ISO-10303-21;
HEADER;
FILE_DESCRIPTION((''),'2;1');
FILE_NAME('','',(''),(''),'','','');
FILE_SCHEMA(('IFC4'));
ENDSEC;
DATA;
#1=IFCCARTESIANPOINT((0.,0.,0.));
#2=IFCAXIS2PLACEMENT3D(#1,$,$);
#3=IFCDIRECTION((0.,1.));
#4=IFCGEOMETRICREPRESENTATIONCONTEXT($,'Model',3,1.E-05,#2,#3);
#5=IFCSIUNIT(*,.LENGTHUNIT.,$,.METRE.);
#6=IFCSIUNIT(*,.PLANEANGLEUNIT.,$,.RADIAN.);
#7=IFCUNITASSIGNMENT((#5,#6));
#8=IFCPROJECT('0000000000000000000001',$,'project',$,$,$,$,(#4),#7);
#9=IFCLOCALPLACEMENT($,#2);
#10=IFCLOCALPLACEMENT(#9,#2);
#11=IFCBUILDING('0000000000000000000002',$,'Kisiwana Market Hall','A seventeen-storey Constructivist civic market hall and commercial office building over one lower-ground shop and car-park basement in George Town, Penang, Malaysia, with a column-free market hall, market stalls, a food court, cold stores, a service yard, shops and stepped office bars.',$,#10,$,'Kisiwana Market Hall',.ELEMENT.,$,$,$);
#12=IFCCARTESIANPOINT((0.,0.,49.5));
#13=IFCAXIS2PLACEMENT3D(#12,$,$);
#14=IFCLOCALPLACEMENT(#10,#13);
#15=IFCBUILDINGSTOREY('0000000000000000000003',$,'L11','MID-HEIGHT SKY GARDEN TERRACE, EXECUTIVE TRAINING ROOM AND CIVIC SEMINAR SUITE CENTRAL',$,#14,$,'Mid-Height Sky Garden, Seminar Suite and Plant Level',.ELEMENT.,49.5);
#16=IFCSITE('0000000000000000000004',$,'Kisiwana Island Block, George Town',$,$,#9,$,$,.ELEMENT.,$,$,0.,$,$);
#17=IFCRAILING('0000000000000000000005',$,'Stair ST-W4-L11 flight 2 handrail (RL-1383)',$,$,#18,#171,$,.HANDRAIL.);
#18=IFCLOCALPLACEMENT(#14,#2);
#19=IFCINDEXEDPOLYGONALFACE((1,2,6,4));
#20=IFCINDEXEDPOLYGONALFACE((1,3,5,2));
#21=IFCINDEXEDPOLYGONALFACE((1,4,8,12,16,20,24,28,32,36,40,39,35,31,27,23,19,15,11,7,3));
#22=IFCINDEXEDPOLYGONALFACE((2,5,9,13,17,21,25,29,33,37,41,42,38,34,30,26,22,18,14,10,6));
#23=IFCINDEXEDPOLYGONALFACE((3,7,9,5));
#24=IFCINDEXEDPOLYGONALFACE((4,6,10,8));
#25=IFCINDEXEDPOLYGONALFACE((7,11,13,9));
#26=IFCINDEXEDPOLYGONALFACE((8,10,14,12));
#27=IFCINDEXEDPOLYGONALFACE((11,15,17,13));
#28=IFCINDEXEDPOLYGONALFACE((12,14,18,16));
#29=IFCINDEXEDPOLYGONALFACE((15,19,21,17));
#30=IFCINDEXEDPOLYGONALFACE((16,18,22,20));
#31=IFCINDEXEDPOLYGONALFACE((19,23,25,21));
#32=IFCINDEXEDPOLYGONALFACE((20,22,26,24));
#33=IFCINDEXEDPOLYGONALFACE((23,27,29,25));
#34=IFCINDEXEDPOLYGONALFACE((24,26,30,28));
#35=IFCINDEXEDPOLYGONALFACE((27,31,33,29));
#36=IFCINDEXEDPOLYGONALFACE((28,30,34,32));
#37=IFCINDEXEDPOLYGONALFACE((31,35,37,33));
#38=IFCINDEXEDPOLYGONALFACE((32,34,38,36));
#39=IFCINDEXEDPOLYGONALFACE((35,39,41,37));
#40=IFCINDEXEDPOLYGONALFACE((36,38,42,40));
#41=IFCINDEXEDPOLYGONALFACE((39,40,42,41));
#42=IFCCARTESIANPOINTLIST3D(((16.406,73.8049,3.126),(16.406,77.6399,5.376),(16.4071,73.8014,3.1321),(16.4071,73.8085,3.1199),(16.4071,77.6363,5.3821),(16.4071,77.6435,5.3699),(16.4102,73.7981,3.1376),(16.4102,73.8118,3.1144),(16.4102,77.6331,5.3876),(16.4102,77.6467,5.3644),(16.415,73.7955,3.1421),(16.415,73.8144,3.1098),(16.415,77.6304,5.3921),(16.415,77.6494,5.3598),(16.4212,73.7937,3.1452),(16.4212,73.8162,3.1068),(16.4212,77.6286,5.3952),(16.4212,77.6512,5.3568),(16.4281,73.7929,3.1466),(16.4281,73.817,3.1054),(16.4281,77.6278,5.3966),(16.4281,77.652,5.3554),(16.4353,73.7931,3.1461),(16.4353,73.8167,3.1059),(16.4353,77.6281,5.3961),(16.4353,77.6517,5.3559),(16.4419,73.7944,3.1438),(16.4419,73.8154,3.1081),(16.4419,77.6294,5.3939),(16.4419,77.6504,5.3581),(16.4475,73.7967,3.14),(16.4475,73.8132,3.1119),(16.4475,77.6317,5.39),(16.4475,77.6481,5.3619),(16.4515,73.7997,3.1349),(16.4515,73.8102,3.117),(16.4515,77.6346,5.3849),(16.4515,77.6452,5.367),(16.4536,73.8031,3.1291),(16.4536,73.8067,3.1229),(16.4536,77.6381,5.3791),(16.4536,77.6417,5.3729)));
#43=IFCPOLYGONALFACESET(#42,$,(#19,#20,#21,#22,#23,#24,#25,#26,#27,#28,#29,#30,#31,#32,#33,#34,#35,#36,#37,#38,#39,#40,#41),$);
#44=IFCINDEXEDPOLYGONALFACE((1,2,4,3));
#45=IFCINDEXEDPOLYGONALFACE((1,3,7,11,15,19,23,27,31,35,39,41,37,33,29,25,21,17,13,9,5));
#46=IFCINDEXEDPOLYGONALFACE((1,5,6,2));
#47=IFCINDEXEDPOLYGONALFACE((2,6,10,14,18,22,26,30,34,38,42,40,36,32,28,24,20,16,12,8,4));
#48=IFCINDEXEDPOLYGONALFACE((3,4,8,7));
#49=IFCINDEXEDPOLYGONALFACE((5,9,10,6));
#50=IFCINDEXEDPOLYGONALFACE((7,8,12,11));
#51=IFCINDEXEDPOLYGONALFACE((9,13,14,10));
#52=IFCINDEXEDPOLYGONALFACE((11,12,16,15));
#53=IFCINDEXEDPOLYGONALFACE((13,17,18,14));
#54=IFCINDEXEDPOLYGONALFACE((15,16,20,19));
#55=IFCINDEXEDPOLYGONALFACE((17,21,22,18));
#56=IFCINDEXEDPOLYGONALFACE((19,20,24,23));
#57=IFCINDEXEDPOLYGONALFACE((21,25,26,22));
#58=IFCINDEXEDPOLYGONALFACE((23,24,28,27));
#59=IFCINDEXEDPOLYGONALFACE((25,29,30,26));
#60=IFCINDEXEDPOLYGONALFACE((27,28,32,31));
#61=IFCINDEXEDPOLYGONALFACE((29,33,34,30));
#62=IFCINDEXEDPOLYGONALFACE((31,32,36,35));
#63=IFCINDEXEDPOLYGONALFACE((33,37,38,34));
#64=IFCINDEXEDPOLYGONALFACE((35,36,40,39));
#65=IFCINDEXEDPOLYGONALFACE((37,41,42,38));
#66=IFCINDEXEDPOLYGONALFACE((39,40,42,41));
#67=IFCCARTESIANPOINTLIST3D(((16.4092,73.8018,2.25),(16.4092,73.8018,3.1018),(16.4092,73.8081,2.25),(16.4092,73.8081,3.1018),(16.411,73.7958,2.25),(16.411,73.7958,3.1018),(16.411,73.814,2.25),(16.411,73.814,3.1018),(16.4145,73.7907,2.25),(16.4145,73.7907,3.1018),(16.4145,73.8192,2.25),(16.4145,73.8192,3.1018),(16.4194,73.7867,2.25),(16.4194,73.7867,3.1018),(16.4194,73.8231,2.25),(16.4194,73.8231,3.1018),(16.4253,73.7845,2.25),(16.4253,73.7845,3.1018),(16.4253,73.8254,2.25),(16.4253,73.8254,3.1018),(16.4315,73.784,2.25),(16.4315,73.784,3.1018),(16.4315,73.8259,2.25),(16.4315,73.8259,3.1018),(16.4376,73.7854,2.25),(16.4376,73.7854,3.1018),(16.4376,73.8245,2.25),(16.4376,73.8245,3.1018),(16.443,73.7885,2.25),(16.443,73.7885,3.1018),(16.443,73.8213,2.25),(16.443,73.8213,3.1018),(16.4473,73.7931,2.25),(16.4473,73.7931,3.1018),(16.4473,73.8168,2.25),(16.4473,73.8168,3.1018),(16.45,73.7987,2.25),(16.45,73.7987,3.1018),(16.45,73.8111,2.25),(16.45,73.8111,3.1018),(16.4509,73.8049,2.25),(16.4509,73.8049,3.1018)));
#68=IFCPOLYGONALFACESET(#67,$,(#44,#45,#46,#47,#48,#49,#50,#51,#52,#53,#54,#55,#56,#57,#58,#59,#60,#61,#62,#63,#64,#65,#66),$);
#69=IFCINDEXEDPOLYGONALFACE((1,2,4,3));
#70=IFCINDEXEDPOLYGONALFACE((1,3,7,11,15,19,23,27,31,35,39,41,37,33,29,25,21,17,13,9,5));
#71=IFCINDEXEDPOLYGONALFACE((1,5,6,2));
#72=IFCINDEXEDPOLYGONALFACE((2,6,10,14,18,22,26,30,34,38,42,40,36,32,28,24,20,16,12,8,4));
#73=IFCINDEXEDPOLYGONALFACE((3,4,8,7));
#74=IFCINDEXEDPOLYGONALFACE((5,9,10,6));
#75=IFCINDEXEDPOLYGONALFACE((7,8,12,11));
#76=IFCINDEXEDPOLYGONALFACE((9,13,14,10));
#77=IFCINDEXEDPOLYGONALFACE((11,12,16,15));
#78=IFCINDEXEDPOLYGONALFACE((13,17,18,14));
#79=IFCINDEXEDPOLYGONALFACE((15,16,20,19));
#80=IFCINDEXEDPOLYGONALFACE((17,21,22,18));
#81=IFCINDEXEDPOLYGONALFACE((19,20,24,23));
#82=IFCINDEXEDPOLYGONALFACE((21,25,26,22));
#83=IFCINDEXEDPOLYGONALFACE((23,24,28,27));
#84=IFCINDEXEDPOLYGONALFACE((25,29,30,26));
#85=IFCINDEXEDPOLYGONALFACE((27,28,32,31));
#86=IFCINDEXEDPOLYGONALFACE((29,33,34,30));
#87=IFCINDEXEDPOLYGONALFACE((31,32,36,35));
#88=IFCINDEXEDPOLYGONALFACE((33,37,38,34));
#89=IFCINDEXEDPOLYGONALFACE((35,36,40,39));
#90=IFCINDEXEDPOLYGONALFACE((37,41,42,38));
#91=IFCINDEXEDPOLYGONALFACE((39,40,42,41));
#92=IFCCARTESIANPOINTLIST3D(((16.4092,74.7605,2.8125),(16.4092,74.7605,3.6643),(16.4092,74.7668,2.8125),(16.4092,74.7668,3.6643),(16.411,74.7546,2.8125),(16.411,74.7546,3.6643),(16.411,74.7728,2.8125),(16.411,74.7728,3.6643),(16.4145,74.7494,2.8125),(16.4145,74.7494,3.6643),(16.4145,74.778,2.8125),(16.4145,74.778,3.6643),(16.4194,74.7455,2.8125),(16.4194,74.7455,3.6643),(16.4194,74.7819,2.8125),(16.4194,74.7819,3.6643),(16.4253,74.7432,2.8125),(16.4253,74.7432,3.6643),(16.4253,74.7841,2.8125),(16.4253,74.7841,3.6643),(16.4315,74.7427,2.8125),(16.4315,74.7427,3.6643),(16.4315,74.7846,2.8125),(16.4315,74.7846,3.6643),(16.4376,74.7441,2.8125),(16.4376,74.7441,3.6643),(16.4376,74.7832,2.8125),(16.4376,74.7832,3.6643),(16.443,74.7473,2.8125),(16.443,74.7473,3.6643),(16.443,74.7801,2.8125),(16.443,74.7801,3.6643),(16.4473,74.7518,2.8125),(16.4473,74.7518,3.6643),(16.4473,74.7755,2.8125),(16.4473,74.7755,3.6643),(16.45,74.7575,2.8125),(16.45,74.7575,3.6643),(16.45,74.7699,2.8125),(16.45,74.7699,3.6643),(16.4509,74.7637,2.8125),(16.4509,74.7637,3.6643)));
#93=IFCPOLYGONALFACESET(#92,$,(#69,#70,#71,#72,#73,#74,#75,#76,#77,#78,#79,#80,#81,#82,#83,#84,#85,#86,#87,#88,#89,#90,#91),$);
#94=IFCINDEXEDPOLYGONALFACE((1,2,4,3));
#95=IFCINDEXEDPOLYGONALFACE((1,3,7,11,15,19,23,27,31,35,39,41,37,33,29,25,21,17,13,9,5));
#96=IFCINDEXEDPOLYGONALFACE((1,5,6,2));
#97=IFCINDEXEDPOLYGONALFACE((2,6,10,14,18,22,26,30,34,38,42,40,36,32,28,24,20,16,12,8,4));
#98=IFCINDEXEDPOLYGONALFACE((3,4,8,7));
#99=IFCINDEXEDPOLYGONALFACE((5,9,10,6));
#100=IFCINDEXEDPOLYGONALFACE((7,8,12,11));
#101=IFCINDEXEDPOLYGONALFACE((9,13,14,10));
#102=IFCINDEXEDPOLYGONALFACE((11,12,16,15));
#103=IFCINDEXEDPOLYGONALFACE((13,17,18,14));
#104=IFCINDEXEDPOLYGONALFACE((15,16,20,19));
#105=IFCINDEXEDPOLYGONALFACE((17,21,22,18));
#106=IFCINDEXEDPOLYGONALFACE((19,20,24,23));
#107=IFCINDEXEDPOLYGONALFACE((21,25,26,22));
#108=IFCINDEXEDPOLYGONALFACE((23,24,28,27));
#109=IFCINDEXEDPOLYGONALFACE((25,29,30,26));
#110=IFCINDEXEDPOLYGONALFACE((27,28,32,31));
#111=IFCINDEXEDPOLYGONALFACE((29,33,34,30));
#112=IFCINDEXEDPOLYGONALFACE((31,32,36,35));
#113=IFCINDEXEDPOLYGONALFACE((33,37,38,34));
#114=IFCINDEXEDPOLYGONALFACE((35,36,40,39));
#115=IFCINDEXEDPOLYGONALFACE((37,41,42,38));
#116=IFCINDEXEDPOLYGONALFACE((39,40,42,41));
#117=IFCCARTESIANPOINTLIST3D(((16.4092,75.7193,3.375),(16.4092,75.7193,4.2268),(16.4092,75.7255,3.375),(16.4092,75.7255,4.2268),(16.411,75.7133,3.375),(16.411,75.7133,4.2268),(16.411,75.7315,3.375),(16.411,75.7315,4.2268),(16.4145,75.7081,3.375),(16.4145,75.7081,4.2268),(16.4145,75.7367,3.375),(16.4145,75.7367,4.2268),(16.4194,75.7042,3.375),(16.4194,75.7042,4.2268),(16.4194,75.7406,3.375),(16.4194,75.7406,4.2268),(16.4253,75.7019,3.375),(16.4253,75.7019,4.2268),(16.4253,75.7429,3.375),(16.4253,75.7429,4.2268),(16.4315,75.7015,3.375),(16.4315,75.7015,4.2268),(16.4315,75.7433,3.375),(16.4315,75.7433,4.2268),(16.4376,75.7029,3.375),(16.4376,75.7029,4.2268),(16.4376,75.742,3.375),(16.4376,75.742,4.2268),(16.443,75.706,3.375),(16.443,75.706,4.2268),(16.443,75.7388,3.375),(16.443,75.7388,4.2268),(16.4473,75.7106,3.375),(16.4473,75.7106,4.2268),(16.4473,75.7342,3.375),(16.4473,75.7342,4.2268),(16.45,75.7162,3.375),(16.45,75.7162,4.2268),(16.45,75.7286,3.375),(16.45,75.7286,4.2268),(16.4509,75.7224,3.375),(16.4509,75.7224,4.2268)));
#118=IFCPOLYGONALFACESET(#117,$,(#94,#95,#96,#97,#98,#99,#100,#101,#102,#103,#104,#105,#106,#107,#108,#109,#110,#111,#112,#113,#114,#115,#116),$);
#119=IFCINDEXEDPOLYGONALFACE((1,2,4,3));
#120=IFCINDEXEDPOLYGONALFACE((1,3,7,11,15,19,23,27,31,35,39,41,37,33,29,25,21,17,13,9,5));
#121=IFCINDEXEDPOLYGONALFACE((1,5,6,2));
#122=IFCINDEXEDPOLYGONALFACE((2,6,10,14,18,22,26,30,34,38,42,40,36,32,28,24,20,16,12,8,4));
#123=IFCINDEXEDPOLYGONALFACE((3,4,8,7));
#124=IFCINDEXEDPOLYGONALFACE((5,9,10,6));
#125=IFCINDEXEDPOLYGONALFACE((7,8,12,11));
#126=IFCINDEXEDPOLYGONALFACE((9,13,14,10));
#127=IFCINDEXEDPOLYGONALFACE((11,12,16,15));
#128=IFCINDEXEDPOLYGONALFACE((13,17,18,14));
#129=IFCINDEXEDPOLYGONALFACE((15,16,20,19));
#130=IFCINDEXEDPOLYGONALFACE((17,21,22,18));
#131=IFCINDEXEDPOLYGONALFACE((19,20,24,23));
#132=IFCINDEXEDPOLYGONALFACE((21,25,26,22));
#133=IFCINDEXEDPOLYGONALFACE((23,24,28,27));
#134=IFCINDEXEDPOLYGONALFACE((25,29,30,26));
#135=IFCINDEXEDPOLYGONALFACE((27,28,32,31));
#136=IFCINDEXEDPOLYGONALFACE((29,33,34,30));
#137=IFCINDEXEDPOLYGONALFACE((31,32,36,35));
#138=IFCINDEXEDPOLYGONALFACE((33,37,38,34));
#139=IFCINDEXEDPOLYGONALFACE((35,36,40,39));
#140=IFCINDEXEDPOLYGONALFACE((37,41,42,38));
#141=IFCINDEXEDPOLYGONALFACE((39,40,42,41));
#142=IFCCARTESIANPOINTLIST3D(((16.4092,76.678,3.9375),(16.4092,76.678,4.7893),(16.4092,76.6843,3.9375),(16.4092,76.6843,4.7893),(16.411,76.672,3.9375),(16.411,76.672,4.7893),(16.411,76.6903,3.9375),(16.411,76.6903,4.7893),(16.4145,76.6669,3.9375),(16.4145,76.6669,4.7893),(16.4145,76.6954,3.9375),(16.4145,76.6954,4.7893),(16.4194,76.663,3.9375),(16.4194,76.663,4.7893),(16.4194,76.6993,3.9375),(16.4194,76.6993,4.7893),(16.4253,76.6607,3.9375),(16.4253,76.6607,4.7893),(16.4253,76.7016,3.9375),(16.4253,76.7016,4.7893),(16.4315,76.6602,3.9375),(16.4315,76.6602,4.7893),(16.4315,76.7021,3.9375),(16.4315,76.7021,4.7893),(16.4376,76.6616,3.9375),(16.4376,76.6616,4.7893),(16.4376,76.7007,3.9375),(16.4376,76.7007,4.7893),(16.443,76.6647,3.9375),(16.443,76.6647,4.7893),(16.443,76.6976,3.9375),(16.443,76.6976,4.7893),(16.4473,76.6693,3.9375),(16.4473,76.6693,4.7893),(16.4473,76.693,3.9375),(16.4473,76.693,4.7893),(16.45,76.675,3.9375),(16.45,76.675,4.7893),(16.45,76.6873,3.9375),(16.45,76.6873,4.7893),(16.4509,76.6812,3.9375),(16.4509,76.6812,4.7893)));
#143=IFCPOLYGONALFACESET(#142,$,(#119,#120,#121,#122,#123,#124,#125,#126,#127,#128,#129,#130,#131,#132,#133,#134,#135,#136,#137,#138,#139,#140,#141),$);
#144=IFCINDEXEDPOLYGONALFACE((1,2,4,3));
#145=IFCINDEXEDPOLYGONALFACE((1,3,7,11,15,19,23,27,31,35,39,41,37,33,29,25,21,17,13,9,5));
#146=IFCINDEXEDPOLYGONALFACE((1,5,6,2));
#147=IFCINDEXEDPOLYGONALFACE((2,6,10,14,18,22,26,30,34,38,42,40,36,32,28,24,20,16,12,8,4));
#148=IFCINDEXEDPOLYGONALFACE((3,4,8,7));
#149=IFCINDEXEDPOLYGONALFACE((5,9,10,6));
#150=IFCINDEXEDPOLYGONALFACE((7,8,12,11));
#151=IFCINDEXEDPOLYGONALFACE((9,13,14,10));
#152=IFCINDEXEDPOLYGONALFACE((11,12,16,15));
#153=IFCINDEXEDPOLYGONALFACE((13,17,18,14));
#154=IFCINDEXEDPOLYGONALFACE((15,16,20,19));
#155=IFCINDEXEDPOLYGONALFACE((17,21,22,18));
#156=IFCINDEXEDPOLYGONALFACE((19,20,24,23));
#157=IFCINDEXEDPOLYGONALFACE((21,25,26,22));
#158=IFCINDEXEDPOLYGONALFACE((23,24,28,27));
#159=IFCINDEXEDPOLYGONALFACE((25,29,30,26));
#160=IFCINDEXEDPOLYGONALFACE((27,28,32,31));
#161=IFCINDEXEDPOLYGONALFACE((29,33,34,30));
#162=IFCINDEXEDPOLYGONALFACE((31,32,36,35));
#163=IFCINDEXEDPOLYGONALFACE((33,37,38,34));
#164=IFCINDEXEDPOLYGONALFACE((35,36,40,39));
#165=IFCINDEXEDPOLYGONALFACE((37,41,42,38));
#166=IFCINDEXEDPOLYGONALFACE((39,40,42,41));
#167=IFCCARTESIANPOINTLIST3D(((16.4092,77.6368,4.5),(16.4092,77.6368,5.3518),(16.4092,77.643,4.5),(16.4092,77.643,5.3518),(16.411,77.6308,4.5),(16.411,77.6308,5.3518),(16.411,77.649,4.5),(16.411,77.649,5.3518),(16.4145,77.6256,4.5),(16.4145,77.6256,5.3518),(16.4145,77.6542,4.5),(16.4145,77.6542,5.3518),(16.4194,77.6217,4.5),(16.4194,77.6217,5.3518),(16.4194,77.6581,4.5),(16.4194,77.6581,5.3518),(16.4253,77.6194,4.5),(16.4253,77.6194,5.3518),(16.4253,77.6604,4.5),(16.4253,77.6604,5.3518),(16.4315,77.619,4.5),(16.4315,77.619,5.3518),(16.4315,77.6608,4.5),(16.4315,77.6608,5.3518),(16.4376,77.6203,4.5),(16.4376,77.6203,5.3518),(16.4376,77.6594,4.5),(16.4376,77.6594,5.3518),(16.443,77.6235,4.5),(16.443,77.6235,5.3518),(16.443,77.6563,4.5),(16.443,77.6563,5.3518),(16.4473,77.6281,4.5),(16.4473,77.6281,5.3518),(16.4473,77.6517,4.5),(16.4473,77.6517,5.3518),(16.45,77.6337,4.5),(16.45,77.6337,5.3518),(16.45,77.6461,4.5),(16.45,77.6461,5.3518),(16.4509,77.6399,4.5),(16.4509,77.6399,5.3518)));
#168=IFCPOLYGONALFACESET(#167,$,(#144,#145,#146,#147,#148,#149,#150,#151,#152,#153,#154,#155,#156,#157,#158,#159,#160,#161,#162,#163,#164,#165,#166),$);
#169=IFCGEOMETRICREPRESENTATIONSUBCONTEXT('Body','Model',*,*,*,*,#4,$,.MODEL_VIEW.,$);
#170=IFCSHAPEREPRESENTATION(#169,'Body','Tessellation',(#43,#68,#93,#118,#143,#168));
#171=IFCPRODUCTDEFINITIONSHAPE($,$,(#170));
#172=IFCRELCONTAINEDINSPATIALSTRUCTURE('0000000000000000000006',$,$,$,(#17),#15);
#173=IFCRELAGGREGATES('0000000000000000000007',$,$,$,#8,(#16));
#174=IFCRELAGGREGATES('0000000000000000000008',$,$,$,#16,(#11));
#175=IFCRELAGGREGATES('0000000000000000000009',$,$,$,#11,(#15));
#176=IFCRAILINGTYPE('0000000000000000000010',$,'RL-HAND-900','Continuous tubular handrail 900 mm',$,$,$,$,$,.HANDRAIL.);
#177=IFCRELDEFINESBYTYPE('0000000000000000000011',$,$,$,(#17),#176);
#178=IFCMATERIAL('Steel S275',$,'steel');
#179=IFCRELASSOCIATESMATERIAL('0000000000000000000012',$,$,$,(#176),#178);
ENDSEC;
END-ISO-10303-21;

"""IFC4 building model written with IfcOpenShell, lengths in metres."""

from ifc_helpers import new_model, si_unit, direction, frame, origin, origin_2d, place, context, subcontext, project, spatial, circle, extrude, material, type_object, element, save


model = new_model("IFC4")

# Units and contexts
model_context = context("Model", 3, precision=1e-05, world=origin(), true_north=direction((0.0, 1.0)))
body_context = subcontext(model_context, "Body", "Model", "MODEL_VIEW")
ifc_project = project(units=[si_unit("LENGTHUNIT", "METRE"), si_unit("PLANEANGLEUNIT", "RADIAN")], contexts=[model_context])

# Site, building, storey
site_placement = place(None, origin())
site = spatial("IfcSite", under=ifc_project, at=site_placement, Name="Kisiwana Island Block, George Town", CompositionType="ELEMENT", RefElevation=0.0)
building_placement = place(site_placement, origin())
building = spatial("IfcBuilding", under=site, at=building_placement, Name="Kisiwana Market Hall", Description="A seventeen-storey Constructivist civic market hall and commercial office building over one lower-ground shop and car-park basement in George Town, Penang, Malaysia, with a column-free market hall, market stalls, a food court, cold stores, a service yard, shops and stepped office bars.", LongName="Kisiwana Market Hall", CompositionType="ELEMENT")
storey_placement = place(building_placement, frame((0.0, 0.0, 49.5)))
storey = spatial("IfcBuildingStorey", under=building, at=storey_placement, Name="L11", Description="MID-HEIGHT SKY GARDEN TERRACE, EXECUTIVE TRAINING ROOM AND CIVIC SEMINAR SUITE CENTRAL", LongName="Mid-Height Sky Garden, Seminar Suite and Plant Level", CompositionType="ELEMENT", Elevation=49.5)

# Railing
ifc_material_1 = material(Name="Steel S275", Category="steel")
railing_type_1 = type_object("IfcRailingType", Name="RL-HAND-900", Description="Continuous tubular handrail 900 mm", PredefinedType="HANDRAIL", material=ifc_material_1)
for number, where, name in (
    (1, (16.4299, 73.8049, 2.25), "Stair ST-W4-L11 flight 2 handrail (RL-1383)"),
):
    element("IfcRailing", number, at=place(storey_placement, frame(where)), inside=storey, type_object=railing_type_1, Name=name, PredefinedType="HANDRAIL", context=body_context, shape_type="SweptSolid", body=[
        extrude(circle(Radius=0.0239, at=origin_2d()), frame((0.0, 0.0, 0.876), z_axis=(0.0, 0.86251, 0.506041), x_axis=(-1.0, 0.0, 0.0)), (0.0, 0.0, 1.0), 4.4463),
        extrude(circle(Radius=0.021, at=origin_2d()), origin(), (0.0, 0.0, 1.0), 0.8518),
        extrude(circle(Radius=0.021, at=origin_2d()), frame((0.0, 0.9587, 0.5625)), (0.0, 0.0, 1.0), 0.8518),
        extrude(circle(Radius=0.021, at=origin_2d()), frame((0.0, 1.9175, 1.125)), (0.0, 0.0, 1.0), 0.8518),
        extrude(circle(Radius=0.021, at=origin_2d()), frame((0.0, 2.8762, 1.6875)), (0.0, 0.0, 1.0), 0.8518),
        extrude(circle(Radius=0.021, at=origin_2d()), frame((0.0, 3.835, 2.25)), (0.0, 0.0, 1.0), 0.8518),
    ])

save(model, "model.ifc")
